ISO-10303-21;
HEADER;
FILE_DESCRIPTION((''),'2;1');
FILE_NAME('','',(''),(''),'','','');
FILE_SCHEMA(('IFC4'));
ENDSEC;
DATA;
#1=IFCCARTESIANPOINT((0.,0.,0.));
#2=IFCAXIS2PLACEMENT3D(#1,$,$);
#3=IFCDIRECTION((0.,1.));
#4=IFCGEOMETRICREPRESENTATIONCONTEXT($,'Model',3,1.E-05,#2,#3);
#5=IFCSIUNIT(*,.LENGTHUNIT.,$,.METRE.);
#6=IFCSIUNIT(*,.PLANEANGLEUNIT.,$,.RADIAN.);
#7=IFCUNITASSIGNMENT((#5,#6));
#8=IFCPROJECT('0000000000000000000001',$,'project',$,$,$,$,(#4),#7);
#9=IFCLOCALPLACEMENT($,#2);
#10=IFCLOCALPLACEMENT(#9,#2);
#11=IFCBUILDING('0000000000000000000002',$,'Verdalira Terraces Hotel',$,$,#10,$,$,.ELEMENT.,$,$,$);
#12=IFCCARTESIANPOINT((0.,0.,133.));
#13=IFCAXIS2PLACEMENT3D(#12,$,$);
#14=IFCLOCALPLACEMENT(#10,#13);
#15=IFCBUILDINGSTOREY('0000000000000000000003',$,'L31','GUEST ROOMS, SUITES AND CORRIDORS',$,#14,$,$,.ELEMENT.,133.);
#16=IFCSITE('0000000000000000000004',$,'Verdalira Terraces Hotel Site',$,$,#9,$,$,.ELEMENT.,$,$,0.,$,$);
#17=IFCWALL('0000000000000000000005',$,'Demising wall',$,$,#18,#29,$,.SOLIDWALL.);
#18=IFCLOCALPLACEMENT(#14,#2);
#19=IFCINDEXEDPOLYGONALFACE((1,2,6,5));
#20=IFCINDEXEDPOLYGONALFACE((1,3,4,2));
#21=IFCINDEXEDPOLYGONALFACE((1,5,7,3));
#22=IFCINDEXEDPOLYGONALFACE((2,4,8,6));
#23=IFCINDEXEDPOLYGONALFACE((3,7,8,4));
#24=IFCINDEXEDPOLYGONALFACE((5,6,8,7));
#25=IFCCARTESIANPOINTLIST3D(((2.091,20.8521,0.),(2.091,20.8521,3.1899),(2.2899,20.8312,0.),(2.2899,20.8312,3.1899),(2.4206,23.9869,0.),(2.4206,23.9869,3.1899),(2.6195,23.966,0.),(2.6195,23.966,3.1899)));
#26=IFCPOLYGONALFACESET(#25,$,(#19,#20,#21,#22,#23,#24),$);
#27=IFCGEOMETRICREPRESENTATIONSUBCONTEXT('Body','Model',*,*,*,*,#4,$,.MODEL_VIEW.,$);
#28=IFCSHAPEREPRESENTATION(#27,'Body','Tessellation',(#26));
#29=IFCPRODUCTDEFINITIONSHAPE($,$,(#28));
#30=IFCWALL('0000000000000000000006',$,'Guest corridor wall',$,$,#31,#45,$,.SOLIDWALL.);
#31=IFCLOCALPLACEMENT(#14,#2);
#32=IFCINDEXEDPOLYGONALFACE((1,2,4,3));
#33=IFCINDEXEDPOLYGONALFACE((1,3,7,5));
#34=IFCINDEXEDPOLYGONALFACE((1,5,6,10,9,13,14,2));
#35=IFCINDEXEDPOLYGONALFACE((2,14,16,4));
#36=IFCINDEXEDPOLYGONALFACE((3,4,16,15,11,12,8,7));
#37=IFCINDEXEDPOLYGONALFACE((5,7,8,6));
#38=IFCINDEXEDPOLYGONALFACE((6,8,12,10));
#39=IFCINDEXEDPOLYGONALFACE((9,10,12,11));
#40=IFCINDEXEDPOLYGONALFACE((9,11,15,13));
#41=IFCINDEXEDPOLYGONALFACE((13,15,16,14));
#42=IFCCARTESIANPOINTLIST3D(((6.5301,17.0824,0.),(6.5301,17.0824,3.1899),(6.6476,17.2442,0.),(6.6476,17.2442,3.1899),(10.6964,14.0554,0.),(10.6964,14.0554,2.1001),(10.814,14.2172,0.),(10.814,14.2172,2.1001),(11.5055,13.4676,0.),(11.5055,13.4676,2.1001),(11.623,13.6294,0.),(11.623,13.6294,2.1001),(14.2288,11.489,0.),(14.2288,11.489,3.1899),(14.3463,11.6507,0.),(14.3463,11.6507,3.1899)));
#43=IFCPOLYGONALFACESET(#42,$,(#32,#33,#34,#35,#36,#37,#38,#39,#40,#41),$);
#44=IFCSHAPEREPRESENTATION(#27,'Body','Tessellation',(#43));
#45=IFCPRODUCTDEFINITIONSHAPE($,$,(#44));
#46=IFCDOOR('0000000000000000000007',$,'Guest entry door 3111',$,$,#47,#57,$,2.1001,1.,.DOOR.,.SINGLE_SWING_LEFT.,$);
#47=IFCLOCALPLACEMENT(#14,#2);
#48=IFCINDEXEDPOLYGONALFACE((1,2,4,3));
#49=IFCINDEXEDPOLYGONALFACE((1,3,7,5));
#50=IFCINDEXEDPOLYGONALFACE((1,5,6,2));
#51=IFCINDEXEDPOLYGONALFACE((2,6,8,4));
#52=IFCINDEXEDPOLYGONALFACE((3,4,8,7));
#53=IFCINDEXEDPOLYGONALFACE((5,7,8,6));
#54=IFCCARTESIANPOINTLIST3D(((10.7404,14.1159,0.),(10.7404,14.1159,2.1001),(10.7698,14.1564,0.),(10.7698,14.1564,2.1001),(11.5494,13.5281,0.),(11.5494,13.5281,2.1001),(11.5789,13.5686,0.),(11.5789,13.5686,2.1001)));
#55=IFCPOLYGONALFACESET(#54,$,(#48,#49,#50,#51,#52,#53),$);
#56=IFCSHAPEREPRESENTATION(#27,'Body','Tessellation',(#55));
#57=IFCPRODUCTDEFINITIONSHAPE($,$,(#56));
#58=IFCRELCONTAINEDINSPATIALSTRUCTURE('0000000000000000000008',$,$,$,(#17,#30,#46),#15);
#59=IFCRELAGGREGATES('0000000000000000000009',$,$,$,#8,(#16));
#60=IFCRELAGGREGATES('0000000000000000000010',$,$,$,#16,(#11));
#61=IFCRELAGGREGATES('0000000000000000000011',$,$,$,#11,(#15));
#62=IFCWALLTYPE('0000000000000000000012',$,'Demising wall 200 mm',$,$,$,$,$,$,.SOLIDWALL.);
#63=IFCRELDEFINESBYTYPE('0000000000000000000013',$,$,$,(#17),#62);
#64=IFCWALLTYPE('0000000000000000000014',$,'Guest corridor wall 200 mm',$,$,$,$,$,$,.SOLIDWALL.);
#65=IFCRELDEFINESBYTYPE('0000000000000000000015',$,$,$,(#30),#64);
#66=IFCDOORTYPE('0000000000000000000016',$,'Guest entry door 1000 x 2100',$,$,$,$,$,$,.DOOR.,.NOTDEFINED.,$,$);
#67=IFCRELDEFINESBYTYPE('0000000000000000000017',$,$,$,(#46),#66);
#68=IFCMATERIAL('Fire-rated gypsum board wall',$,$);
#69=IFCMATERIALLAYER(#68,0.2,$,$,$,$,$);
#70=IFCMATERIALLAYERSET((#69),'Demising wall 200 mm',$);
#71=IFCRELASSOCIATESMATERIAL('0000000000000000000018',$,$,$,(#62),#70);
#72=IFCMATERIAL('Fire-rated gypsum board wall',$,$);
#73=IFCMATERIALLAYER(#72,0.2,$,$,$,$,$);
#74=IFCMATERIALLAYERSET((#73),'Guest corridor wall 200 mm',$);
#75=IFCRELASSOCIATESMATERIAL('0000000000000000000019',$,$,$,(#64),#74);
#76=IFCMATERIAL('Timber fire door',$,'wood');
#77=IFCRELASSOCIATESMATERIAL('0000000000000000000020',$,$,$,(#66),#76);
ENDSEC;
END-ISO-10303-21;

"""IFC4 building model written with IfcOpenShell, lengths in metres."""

from ifc_helpers import new_model, si_unit, direction, frame, frame_2d, origin, place, context, subcontext, project, spatial, rectangle, extrude, material, layer, layer_set, type_object, element, fill, save


model = new_model("IFC4")

# Units and contexts
model_context = context("Model", 3, precision=1e-05, world=origin(), true_north=direction((0.0, 1.0)))
body_context = subcontext(model_context, "Body", "Model", "MODEL_VIEW")
ifc_project = project(units=[si_unit("LENGTHUNIT", "METRE"), si_unit("PLANEANGLEUNIT", "RADIAN")], contexts=[model_context])

# Site, building, storey
site_placement = place(None, origin())
site = spatial("IfcSite", under=ifc_project, at=site_placement, Name="Verdalira Terraces Hotel Site", CompositionType="ELEMENT", RefElevation=0.0)
building_placement = place(site_placement, origin())
building = spatial("IfcBuilding", under=site, at=building_placement, Name="Verdalira Terraces Hotel", CompositionType="ELEMENT")
storey_placement = place(building_placement, frame((0.0, 0.0, 133.0)))
storey = spatial("IfcBuildingStorey", under=building, at=storey_placement, Name="L31", Description="GUEST ROOMS, SUITES AND CORRIDORS", CompositionType="ELEMENT", Elevation=133.0)

# Wall
ifc_material_1 = material(Name="Fire-rated gypsum board wall")
ifc_layer_1 = layer(ifc_material_1, 0.2)
ifc_layer_set_1 = layer_set([ifc_layer_1], Name="Demising wall 200 mm")
wall_type_1 = type_object("IfcWallType", Name="Demising wall 200 mm", PredefinedType="SOLIDWALL", material=ifc_layer_set_1)
wall_1_placement = place(storey_placement, frame((2.1904, 20.8416, 0.0), z_axis=(0.0, 0.0, 1.0), x_axis=(0.104564, 0.994518, 0.0)))
element("IfcWall", 1, at=wall_1_placement, inside=storey, type_object=wall_type_1, Name="Demising wall", PredefinedType="SOLIDWALL", context=body_context, shape_type="SweptSolid", body=[
    extrude(rectangle(XDim=3.1521, YDim=0.2, at=frame_2d((1.5762, 0.0))), origin(), (0.0, 0.0, 1.0), 3.1899),
])

# Wall, opening, door
ifc_material_2 = material(Name="Fire-rated gypsum board wall")
ifc_layer_2 = layer(ifc_material_2, 0.2)
ifc_layer_set_2 = layer_set([ifc_layer_2], Name="Guest corridor wall 200 mm")
wall_type_2 = type_object("IfcWallType", Name="Guest corridor wall 200 mm", PredefinedType="SOLIDWALL", material=ifc_layer_set_2)
wall_2_placement = place(storey_placement, frame((6.5889, 17.1633, 0.0), z_axis=(0.0, 0.0, 1.0), x_axis=(0.809014, -0.587789, 0.0)))
wall_2 = element("IfcWall", 2, at=wall_2_placement, inside=storey, type_object=wall_type_2, Name="Guest corridor wall", PredefinedType="SOLIDWALL", context=body_context, shape_type="SweptSolid", body=[
    extrude(rectangle(XDim=9.5161, YDim=0.2, at=frame_2d((4.7581, 0.0))), origin(), (0.0, 0.0, 1.0), 3.1899),
])
opening_1_placement = place(wall_2_placement, frame((5.1499, 0.0, 0.0)))
opening_1 = element("IfcOpeningElement", 3, at=opening_1_placement, cuts=wall_2, PredefinedType="OPENING", context=body_context, shape_type="SweptSolid", body=[
    extrude(rectangle(XDim=1.0, YDim=2.1001, at=frame_2d((0.5, 1.05))), frame((0.0, 0.1099, 0.0), z_axis=(0.0, -1.0, 0.0), x_axis=(1.0, 0.0, 0.0)), (0.0, 0.0, 1.0), 0.22),
])
ifc_material_3 = material(Name="Timber fire door", Category="wood")
door_type_1 = type_object("IfcDoorType", Name="Guest entry door 1000 x 2100", OperationType="NOTDEFINED", PredefinedType="DOOR", material=ifc_material_3)
door_1_placement = place(opening_1_placement, origin())
door_1 = element("IfcDoor", 4, at=door_1_placement, inside=storey, type_object=door_type_1, Name="Guest entry door 3111", OperationType="SINGLE_SWING_LEFT", OverallHeight=2.1001, OverallWidth=1.0, PredefinedType="DOOR", context=body_context, shape_type="SweptSolid", body=[
    extrude(rectangle(XDim=1.0, YDim=2.1001, at=frame_2d((0.5, 1.05))), frame((0.0, 0.0249, 0.0), z_axis=(0.0, -1.0, 0.0), x_axis=(1.0, 0.0, 0.0)), (0.0, 0.0, 1.0), 0.05),
])
fill(opening_1, door_1)

save(model, "model.ifc")
